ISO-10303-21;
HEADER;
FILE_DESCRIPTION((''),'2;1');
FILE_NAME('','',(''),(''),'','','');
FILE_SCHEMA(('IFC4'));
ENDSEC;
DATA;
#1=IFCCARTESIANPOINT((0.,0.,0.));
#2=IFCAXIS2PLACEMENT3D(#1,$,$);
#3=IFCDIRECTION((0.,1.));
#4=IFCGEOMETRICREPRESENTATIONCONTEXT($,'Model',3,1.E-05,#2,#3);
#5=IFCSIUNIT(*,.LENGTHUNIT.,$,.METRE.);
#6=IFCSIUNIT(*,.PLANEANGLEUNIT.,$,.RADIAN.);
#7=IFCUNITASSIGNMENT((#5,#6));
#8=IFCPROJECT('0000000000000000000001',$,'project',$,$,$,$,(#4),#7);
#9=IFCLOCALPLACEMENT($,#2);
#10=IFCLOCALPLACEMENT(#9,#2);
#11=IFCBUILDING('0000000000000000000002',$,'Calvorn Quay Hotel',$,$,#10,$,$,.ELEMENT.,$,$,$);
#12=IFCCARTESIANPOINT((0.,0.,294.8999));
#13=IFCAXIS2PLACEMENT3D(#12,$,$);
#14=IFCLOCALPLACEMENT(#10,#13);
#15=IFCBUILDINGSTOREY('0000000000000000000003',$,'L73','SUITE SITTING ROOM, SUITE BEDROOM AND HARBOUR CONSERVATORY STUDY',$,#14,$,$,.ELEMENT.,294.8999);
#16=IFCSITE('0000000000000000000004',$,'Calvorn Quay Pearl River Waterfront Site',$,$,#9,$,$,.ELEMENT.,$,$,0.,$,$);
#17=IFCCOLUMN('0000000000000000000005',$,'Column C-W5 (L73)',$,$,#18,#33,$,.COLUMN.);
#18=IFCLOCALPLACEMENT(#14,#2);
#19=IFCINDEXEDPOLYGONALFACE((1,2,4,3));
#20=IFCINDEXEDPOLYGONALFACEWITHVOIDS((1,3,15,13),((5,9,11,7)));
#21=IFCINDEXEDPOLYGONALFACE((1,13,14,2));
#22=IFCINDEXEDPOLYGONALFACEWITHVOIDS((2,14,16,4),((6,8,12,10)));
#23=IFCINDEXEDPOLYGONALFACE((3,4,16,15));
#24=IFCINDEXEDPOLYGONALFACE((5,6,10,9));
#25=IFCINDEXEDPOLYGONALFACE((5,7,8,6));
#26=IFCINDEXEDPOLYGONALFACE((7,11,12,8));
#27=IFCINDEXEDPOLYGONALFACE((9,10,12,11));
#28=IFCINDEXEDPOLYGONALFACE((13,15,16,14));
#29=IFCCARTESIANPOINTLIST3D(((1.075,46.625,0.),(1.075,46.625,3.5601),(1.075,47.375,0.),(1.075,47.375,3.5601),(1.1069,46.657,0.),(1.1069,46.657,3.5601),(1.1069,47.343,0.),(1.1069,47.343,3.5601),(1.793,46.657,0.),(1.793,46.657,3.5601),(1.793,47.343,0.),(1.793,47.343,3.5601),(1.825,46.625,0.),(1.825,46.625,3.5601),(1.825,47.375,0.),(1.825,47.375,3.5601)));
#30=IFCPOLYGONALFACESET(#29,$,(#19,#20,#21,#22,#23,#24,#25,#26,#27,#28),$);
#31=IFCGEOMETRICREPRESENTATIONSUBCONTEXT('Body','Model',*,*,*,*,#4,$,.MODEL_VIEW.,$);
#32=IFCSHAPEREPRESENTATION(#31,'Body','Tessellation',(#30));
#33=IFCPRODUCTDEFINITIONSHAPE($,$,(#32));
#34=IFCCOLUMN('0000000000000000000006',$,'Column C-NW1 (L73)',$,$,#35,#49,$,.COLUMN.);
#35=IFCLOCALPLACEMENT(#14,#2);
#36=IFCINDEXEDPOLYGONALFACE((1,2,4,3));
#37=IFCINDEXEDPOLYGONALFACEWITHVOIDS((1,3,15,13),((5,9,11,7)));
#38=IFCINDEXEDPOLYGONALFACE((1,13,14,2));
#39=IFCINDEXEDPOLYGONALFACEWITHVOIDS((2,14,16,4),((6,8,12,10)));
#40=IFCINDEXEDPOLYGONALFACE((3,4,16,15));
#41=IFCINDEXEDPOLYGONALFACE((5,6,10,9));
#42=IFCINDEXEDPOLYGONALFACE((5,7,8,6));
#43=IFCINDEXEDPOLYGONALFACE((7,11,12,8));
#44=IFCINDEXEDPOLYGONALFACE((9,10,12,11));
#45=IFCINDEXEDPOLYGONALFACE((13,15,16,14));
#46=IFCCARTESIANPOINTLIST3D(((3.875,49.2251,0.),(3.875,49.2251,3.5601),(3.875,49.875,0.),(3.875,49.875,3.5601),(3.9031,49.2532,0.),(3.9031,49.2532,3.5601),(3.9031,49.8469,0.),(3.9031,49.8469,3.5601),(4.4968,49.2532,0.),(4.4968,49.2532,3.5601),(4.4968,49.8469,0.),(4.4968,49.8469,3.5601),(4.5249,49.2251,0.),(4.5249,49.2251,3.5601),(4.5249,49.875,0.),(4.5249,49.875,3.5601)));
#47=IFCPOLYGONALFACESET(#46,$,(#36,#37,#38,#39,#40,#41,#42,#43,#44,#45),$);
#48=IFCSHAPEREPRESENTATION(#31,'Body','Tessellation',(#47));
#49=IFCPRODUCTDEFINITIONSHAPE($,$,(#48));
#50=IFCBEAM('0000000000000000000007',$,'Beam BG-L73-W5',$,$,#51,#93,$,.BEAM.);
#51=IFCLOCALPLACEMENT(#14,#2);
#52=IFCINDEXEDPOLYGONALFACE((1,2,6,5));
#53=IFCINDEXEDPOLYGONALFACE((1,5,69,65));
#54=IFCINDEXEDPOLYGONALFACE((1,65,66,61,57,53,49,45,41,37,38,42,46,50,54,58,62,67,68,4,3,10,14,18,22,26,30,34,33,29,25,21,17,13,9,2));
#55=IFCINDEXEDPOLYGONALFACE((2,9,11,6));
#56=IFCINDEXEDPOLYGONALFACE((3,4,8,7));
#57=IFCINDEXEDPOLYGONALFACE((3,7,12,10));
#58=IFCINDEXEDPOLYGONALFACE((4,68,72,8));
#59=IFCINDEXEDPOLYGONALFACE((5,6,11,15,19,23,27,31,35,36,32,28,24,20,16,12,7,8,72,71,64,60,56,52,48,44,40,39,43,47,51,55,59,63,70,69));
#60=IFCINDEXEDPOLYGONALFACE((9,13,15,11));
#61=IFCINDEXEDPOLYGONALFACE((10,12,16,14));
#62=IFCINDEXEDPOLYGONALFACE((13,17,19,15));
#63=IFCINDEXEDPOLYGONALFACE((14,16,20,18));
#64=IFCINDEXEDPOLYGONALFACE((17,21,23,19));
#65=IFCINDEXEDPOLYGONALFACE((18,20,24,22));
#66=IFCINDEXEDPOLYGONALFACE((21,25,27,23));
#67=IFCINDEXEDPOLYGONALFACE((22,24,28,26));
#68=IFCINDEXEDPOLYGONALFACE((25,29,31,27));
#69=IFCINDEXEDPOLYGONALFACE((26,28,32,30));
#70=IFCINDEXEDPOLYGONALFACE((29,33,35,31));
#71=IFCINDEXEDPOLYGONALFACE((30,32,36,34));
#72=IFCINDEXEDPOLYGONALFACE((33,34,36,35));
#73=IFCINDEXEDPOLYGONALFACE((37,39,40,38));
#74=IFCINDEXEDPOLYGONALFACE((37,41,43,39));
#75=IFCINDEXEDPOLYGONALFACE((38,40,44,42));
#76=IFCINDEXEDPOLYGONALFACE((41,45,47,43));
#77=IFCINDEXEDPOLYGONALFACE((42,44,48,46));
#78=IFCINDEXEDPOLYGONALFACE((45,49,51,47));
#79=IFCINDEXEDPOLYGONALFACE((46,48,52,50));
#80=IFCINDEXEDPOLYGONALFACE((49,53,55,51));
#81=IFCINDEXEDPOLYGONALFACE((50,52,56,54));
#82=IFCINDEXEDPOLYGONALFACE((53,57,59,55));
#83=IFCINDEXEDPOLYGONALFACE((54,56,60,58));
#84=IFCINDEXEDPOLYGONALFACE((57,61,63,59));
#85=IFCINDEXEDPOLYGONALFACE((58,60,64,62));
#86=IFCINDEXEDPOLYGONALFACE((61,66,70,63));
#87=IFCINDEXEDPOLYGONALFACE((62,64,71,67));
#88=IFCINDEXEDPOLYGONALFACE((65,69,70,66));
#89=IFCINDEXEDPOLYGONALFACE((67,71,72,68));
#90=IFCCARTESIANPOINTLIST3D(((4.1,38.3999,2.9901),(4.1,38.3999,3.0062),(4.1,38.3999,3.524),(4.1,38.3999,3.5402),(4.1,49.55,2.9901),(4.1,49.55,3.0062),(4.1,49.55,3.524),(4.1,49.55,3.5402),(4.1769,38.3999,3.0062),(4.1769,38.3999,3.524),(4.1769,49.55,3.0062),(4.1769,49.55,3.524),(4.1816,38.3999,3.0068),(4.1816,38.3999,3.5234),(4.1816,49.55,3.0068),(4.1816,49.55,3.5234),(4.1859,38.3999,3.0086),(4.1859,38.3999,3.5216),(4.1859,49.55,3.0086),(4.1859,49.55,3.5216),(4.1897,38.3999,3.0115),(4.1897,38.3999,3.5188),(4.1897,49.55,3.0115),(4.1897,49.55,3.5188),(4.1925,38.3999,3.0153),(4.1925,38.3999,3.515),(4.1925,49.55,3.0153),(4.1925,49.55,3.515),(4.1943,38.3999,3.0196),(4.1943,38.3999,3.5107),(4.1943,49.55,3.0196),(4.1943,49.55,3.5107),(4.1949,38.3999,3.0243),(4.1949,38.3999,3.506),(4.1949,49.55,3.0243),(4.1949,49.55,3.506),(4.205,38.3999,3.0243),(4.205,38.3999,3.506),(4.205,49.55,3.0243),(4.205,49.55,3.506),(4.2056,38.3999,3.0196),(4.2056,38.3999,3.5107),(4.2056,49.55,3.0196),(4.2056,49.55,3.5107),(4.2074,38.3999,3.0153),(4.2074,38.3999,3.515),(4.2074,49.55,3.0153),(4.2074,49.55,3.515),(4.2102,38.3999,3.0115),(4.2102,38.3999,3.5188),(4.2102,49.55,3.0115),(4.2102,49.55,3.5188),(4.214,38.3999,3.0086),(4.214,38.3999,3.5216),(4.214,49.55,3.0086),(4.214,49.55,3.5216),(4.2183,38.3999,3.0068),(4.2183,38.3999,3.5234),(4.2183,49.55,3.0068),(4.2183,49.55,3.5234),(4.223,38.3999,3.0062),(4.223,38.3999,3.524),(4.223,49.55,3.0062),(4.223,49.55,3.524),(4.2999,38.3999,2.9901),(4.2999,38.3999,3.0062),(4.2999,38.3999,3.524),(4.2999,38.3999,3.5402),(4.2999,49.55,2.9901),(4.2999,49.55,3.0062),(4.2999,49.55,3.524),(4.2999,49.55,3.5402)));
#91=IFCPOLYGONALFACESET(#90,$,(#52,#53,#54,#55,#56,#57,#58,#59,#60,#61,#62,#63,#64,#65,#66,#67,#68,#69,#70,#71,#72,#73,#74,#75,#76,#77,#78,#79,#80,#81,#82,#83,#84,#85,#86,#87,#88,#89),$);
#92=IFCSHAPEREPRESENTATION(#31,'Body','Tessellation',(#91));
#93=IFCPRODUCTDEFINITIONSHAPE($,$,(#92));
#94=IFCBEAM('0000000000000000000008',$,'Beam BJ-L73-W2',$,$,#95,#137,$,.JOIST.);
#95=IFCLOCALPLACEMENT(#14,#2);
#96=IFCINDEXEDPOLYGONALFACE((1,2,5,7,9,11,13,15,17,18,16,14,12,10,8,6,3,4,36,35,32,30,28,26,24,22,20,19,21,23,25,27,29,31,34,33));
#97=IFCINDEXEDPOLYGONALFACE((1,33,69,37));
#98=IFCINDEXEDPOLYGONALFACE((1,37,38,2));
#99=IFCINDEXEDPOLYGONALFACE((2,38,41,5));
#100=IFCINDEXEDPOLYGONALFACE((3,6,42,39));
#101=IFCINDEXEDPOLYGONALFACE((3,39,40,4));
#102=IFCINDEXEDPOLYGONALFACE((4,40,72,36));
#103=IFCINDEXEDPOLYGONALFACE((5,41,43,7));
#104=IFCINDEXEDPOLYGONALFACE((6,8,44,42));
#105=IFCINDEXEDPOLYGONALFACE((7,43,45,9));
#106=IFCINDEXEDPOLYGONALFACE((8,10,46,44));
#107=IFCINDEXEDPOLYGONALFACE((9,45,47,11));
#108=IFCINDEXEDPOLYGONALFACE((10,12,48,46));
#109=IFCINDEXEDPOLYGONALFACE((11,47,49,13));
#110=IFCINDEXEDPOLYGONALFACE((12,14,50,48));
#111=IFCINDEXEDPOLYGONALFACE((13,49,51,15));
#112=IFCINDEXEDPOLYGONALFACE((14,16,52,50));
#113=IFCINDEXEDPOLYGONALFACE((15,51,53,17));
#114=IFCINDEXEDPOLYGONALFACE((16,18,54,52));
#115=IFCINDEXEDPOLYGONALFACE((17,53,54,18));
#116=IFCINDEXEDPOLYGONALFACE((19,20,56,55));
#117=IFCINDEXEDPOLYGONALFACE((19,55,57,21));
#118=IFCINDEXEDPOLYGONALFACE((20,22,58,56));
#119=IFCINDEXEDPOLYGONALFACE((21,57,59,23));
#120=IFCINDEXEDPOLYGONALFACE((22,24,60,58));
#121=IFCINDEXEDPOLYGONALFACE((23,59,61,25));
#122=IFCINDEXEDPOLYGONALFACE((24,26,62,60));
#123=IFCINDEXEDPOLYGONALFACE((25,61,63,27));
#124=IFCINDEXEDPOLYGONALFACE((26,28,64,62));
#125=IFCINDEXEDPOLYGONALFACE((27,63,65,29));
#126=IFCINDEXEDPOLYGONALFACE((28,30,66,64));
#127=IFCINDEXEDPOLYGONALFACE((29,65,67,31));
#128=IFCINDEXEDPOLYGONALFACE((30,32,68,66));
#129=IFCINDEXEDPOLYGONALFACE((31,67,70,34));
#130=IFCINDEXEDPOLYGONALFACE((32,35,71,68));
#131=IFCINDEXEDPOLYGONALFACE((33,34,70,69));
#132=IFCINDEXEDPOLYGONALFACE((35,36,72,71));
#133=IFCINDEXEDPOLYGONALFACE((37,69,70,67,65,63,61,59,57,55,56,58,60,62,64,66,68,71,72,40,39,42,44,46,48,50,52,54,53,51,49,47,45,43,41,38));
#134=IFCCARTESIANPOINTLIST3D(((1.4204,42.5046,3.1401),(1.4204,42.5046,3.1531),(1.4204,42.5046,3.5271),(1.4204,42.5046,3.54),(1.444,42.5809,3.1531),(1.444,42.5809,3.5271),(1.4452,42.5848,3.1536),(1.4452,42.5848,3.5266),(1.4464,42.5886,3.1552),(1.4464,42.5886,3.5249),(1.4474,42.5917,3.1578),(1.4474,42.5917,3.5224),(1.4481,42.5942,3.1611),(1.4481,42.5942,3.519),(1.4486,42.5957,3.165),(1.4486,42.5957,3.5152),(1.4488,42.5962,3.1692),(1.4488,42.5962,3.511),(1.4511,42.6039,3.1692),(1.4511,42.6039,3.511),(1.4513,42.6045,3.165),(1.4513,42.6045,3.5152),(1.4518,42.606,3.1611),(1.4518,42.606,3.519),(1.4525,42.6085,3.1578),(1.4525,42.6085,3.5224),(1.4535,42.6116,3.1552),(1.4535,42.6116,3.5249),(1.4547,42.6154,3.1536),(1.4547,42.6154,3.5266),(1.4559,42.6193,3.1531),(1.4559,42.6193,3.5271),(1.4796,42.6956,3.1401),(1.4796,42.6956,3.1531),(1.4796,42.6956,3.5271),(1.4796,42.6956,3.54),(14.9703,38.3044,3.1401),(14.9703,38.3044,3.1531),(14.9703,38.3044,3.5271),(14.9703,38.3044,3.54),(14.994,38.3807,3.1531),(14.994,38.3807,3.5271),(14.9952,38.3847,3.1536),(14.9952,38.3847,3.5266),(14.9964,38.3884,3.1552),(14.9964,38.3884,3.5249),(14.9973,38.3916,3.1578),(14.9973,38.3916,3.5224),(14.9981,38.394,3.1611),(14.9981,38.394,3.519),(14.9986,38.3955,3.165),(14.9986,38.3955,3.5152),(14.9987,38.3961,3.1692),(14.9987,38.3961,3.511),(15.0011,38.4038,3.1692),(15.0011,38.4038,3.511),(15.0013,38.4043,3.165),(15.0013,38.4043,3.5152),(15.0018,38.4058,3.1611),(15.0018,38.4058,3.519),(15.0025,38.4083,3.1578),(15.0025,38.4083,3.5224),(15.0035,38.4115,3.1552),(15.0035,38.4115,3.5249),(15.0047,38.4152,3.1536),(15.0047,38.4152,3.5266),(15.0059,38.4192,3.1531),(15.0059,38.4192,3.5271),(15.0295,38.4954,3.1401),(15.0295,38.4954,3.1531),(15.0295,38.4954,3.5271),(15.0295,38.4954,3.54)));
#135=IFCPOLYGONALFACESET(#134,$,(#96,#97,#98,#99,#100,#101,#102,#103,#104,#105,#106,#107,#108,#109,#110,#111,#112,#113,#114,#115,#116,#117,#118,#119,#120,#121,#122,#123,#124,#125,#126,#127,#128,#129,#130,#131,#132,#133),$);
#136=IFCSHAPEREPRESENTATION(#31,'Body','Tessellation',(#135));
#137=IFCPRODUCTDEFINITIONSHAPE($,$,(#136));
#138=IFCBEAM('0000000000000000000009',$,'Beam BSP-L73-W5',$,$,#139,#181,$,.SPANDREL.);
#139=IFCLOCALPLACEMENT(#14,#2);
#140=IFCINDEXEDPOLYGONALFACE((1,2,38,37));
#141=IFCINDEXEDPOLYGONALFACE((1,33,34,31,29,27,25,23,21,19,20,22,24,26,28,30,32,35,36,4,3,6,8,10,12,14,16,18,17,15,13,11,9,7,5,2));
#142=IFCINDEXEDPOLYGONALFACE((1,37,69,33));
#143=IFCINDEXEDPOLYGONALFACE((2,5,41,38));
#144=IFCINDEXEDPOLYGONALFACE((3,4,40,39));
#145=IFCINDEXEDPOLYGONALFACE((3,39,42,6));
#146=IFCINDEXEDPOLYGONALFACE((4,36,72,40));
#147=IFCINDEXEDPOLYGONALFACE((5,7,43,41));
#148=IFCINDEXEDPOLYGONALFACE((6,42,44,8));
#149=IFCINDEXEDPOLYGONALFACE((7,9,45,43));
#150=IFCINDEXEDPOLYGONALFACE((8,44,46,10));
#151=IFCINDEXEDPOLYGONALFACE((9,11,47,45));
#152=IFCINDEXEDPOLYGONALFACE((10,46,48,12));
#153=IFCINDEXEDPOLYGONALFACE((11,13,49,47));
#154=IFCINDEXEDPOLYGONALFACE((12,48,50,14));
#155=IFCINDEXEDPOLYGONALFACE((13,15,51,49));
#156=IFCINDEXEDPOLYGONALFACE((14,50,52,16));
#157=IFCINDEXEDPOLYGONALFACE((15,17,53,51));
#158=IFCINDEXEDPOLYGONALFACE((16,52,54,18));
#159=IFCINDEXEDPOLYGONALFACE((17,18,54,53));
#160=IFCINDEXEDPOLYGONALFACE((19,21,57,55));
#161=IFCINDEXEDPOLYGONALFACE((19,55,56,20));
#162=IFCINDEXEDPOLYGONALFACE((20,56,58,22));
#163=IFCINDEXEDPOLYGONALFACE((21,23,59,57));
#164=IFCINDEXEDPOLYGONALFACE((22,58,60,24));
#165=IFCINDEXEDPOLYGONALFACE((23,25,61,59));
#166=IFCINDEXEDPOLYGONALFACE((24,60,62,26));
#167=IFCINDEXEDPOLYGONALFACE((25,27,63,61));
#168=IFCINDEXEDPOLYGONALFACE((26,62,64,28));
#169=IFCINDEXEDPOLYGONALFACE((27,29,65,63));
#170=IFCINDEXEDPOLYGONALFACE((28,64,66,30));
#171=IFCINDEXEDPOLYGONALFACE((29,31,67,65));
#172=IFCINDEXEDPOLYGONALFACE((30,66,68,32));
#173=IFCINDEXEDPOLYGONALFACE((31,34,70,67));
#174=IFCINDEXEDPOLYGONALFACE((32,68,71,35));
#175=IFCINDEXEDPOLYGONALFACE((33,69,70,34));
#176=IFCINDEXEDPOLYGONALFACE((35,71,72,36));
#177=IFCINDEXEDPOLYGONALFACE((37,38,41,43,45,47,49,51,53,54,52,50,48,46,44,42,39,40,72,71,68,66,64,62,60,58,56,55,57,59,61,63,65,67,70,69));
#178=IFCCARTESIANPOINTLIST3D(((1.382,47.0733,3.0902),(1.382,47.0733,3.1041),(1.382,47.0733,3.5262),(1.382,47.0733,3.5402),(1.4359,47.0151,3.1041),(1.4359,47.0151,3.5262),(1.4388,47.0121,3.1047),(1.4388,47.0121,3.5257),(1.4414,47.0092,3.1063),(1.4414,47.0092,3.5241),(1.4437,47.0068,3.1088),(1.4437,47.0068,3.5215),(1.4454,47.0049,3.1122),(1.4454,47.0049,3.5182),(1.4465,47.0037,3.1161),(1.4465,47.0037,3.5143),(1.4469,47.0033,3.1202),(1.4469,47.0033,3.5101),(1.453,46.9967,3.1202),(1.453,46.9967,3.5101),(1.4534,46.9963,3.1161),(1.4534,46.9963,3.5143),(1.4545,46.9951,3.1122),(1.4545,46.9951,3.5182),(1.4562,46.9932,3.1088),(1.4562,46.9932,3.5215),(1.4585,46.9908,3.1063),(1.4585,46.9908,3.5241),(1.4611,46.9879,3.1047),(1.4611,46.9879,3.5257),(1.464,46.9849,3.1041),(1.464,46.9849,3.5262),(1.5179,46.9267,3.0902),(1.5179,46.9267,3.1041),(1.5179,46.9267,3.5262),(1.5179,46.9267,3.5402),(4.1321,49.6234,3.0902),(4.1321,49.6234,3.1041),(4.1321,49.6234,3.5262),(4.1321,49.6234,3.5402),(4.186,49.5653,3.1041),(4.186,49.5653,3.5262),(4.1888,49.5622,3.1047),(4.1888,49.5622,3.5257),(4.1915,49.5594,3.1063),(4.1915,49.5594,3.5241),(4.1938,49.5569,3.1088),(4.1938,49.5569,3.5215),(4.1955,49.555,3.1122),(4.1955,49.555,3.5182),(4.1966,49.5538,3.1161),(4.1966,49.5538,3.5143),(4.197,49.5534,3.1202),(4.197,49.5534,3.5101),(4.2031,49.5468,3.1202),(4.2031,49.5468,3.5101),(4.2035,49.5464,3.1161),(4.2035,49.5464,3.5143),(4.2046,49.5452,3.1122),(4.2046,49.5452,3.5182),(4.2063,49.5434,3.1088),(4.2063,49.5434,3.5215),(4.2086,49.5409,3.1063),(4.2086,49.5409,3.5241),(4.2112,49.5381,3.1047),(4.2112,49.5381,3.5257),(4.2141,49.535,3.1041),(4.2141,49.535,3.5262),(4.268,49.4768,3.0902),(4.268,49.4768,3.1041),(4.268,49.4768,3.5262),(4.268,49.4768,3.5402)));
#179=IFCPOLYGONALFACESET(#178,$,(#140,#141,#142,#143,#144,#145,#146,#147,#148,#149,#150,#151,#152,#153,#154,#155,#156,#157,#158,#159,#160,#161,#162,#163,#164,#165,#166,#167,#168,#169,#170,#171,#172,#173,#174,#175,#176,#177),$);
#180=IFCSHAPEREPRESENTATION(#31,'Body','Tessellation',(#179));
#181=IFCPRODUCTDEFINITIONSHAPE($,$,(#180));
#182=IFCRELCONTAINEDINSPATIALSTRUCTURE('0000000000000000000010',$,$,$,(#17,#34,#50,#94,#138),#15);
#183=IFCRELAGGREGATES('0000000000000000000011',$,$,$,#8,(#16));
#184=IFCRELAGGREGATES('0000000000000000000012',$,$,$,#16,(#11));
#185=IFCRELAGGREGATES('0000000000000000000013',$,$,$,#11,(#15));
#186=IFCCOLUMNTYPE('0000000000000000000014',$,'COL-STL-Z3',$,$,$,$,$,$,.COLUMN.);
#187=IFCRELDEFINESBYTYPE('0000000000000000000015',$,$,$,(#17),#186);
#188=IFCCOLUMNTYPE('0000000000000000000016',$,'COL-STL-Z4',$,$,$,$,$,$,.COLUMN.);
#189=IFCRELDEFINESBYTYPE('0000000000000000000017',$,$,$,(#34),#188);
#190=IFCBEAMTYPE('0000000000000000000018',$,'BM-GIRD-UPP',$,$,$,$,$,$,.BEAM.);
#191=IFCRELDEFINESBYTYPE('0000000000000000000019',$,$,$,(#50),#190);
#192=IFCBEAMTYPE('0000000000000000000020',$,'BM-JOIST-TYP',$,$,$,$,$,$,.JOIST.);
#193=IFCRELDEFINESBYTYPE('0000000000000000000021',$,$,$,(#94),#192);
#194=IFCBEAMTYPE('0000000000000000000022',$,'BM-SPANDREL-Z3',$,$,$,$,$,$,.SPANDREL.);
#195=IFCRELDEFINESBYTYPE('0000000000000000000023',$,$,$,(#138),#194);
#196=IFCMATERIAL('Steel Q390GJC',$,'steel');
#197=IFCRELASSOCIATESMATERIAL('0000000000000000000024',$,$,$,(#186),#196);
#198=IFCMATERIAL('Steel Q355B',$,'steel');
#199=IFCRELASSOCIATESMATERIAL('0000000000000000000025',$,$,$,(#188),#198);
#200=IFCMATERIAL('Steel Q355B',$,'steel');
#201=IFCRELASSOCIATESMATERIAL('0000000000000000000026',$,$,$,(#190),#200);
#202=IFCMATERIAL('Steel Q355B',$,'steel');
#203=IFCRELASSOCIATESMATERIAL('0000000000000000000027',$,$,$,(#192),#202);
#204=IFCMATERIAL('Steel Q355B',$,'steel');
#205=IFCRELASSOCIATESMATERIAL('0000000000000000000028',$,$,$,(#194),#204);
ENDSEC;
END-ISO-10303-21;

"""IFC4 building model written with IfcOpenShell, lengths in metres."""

from ifc_helpers import new_model, si_unit, direction, frame, origin, origin_2d, place, context, subcontext, project, spatial, hollow_rectangle, i_section, extrude, material, material_profile, profile_set, type_object, element, save


model = new_model("IFC4")

# Units and contexts
model_context = context("Model", 3, precision=1e-05, world=origin(), true_north=direction((0.0, 1.0)))
body_context = subcontext(model_context, "Body", "Model", "MODEL_VIEW")
ifc_project = project(units=[si_unit("LENGTHUNIT", "METRE"), si_unit("PLANEANGLEUNIT", "RADIAN")], contexts=[model_context])

# Site, building, storey
site_placement = place(None, origin())
site = spatial("IfcSite", under=ifc_project, at=site_placement, Name="Calvorn Quay Pearl River Waterfront Site", CompositionType="ELEMENT", RefElevation=0.0)
building_placement = place(site_placement, origin())
building = spatial("IfcBuilding", under=site, at=building_placement, Name="Calvorn Quay Hotel", CompositionType="ELEMENT")
storey_placement = place(building_placement, frame((0.0, 0.0, 294.8999)))
storey = spatial("IfcBuildingStorey", under=building, at=storey_placement, Name="L73", Description="SUITE SITTING ROOM, SUITE BEDROOM AND HARBOUR CONSERVATORY STUDY", CompositionType="ELEMENT", Elevation=294.8999)

# Columns
ifc_material_1 = material(Name="Steel Q390GJC", Category="steel")
ifc_material_profile_1 = material_profile(ifc_material_1, hollow_rectangle(XDim=0.75, YDim=0.75, WallThickness=0.032, at=origin_2d()), Name="BOX750x750x32")
ifc_profile_set_1 = profile_set([ifc_material_profile_1], Name="Steel Q390GJC")
column_type_1 = type_object("IfcColumnType", Name="COL-STL-Z3", PredefinedType="COLUMN", material=ifc_profile_set_1)
column_1_placement = place(storey_placement, frame((1.45, 47.0, 0.0), z_axis=(0.0, 0.0, 1.0), x_axis=(1.0, 0.0, 0.0)))
element("IfcColumn", 1, at=column_1_placement, inside=storey, type_object=column_type_1, Name="Column C-W5 (L73)", PredefinedType="COLUMN", context=body_context, shape_type="SweptSolid", body=[
    extrude(hollow_rectangle(XDim=0.75, YDim=0.75, WallThickness=0.032, at=origin_2d()), origin(), (0.0, 0.0, 1.0), 3.5601),
])
ifc_material_2 = material(Name="Steel Q355B", Category="steel")
ifc_material_profile_2 = material_profile(ifc_material_2, hollow_rectangle(XDim=0.6499, YDim=0.6499, WallThickness=0.0281, at=origin_2d()), Name="BOX650x650x28")
ifc_profile_set_2 = profile_set([ifc_material_profile_2], Name="Steel Q355B")
column_type_2 = type_object("IfcColumnType", Name="COL-STL-Z4", PredefinedType="COLUMN", material=ifc_profile_set_2)
column_2_placement = place(storey_placement, frame((4.2, 49.55, 0.0), z_axis=(0.0, 0.0, 1.0), x_axis=(1.0, 0.0, 0.0)))
element("IfcColumn", 2, at=column_2_placement, inside=storey, type_object=column_type_2, Name="Column C-NW1 (L73)", PredefinedType="COLUMN", context=body_context, shape_type="SweptSolid", body=[
    extrude(hollow_rectangle(XDim=0.6499, YDim=0.6499, WallThickness=0.0281, at=origin_2d()), origin(), (0.0, 0.0, 1.0), 3.5601),
])

# Beams
ifc_material_3 = material(Name="Steel Q355B", Category="steel")
ifc_material_profile_3 = material_profile(ifc_material_3, i_section(OverallWidth=0.2, OverallDepth=0.55, WebThickness=0.01, FlangeThickness=0.0161, FilletRadius=0.0181, at=origin_2d()), Name="HN550x200x10x16")
ifc_profile_set_3 = profile_set([ifc_material_profile_3], Name="Steel Q355B")
beam_type_1 = type_object("IfcBeamType", Name="BM-GIRD-UPP", PredefinedType="BEAM", material=ifc_profile_set_3)
beam_1_placement = place(storey_placement, frame((4.2, 49.55, 3.2651), z_axis=(0.0, -1.0, 0.0), x_axis=(1.0, 0.0, 0.0)))
element("IfcBeam", 3, at=beam_1_placement, inside=storey, type_object=beam_type_1, Name="Beam BG-L73-W5", PredefinedType="BEAM", context=body_context, shape_type="SweptSolid", body=[
    extrude(i_section(OverallWidth=0.2, OverallDepth=0.55, WebThickness=0.01, FlangeThickness=0.0161, FilletRadius=0.0181, at=origin_2d()), origin(), (0.0, 0.0, 1.0), 11.1501),
])
ifc_material_4 = material(Name="Steel Q355B", Category="steel")
ifc_material_profile_4 = material_profile(ifc_material_4, i_section(OverallWidth=0.2, OverallDepth=0.3999, WebThickness=0.0081, FlangeThickness=0.0129, FilletRadius=0.0161, at=origin_2d()), Name="HN400x200x8x13")
ifc_profile_set_4 = profile_set([ifc_material_profile_4], Name="Steel Q355B")
beam_type_2 = type_object("IfcBeamType", Name="BM-JOIST-TYP", PredefinedType="JOIST", material=ifc_profile_set_4)
beam_2_placement = place(storey_placement, frame((1.45, 42.6001, 3.3401), z_axis=(0.955164, -0.296078, 0.0), x_axis=(0.296078, 0.955164, 0.0)))
element("IfcBeam", 4, at=beam_2_placement, inside=storey, type_object=beam_type_2, Name="Beam BJ-L73-W2", PredefinedType="JOIST", context=body_context, shape_type="SweptSolid", body=[
    extrude(i_section(OverallWidth=0.2, OverallDepth=0.3999, WebThickness=0.0081, FlangeThickness=0.0129, FilletRadius=0.0161, at=origin_2d()), origin(), (0.0, 0.0, 1.0), 14.186),
])
ifc_material_5 = material(Name="Steel Q355B", Category="steel")
ifc_material_profile_5 = material_profile(ifc_material_5, i_section(OverallWidth=0.2, OverallDepth=0.45, WebThickness=0.009, FlangeThickness=0.0139, FilletRadius=0.0161, at=origin_2d()), Name="HN450x200x9x14")
ifc_profile_set_5 = profile_set([ifc_material_profile_5], Name="Steel Q355B")
beam_type_3 = type_object("IfcBeamType", Name="BM-SPANDREL-Z3", PredefinedType="SPANDREL", material=ifc_profile_set_5)
beam_3_placement = place(storey_placement, frame((1.45, 47.0, 3.3152), z_axis=(0.733262, 0.679947, 0.0), x_axis=(-0.679947, 0.733262, 0.0)))
element("IfcBeam", 5, at=beam_3_placement, inside=storey, type_object=beam_type_3, Name="Beam BSP-L73-W5", PredefinedType="SPANDREL", context=body_context, shape_type="SweptSolid", body=[
    extrude(i_section(OverallWidth=0.2, OverallDepth=0.45, WebThickness=0.009, FlangeThickness=0.0139, FilletRadius=0.0161, at=origin_2d()), origin(), (0.0, 0.0, 1.0), 3.7505),
])

save(model, "model.ifc")
